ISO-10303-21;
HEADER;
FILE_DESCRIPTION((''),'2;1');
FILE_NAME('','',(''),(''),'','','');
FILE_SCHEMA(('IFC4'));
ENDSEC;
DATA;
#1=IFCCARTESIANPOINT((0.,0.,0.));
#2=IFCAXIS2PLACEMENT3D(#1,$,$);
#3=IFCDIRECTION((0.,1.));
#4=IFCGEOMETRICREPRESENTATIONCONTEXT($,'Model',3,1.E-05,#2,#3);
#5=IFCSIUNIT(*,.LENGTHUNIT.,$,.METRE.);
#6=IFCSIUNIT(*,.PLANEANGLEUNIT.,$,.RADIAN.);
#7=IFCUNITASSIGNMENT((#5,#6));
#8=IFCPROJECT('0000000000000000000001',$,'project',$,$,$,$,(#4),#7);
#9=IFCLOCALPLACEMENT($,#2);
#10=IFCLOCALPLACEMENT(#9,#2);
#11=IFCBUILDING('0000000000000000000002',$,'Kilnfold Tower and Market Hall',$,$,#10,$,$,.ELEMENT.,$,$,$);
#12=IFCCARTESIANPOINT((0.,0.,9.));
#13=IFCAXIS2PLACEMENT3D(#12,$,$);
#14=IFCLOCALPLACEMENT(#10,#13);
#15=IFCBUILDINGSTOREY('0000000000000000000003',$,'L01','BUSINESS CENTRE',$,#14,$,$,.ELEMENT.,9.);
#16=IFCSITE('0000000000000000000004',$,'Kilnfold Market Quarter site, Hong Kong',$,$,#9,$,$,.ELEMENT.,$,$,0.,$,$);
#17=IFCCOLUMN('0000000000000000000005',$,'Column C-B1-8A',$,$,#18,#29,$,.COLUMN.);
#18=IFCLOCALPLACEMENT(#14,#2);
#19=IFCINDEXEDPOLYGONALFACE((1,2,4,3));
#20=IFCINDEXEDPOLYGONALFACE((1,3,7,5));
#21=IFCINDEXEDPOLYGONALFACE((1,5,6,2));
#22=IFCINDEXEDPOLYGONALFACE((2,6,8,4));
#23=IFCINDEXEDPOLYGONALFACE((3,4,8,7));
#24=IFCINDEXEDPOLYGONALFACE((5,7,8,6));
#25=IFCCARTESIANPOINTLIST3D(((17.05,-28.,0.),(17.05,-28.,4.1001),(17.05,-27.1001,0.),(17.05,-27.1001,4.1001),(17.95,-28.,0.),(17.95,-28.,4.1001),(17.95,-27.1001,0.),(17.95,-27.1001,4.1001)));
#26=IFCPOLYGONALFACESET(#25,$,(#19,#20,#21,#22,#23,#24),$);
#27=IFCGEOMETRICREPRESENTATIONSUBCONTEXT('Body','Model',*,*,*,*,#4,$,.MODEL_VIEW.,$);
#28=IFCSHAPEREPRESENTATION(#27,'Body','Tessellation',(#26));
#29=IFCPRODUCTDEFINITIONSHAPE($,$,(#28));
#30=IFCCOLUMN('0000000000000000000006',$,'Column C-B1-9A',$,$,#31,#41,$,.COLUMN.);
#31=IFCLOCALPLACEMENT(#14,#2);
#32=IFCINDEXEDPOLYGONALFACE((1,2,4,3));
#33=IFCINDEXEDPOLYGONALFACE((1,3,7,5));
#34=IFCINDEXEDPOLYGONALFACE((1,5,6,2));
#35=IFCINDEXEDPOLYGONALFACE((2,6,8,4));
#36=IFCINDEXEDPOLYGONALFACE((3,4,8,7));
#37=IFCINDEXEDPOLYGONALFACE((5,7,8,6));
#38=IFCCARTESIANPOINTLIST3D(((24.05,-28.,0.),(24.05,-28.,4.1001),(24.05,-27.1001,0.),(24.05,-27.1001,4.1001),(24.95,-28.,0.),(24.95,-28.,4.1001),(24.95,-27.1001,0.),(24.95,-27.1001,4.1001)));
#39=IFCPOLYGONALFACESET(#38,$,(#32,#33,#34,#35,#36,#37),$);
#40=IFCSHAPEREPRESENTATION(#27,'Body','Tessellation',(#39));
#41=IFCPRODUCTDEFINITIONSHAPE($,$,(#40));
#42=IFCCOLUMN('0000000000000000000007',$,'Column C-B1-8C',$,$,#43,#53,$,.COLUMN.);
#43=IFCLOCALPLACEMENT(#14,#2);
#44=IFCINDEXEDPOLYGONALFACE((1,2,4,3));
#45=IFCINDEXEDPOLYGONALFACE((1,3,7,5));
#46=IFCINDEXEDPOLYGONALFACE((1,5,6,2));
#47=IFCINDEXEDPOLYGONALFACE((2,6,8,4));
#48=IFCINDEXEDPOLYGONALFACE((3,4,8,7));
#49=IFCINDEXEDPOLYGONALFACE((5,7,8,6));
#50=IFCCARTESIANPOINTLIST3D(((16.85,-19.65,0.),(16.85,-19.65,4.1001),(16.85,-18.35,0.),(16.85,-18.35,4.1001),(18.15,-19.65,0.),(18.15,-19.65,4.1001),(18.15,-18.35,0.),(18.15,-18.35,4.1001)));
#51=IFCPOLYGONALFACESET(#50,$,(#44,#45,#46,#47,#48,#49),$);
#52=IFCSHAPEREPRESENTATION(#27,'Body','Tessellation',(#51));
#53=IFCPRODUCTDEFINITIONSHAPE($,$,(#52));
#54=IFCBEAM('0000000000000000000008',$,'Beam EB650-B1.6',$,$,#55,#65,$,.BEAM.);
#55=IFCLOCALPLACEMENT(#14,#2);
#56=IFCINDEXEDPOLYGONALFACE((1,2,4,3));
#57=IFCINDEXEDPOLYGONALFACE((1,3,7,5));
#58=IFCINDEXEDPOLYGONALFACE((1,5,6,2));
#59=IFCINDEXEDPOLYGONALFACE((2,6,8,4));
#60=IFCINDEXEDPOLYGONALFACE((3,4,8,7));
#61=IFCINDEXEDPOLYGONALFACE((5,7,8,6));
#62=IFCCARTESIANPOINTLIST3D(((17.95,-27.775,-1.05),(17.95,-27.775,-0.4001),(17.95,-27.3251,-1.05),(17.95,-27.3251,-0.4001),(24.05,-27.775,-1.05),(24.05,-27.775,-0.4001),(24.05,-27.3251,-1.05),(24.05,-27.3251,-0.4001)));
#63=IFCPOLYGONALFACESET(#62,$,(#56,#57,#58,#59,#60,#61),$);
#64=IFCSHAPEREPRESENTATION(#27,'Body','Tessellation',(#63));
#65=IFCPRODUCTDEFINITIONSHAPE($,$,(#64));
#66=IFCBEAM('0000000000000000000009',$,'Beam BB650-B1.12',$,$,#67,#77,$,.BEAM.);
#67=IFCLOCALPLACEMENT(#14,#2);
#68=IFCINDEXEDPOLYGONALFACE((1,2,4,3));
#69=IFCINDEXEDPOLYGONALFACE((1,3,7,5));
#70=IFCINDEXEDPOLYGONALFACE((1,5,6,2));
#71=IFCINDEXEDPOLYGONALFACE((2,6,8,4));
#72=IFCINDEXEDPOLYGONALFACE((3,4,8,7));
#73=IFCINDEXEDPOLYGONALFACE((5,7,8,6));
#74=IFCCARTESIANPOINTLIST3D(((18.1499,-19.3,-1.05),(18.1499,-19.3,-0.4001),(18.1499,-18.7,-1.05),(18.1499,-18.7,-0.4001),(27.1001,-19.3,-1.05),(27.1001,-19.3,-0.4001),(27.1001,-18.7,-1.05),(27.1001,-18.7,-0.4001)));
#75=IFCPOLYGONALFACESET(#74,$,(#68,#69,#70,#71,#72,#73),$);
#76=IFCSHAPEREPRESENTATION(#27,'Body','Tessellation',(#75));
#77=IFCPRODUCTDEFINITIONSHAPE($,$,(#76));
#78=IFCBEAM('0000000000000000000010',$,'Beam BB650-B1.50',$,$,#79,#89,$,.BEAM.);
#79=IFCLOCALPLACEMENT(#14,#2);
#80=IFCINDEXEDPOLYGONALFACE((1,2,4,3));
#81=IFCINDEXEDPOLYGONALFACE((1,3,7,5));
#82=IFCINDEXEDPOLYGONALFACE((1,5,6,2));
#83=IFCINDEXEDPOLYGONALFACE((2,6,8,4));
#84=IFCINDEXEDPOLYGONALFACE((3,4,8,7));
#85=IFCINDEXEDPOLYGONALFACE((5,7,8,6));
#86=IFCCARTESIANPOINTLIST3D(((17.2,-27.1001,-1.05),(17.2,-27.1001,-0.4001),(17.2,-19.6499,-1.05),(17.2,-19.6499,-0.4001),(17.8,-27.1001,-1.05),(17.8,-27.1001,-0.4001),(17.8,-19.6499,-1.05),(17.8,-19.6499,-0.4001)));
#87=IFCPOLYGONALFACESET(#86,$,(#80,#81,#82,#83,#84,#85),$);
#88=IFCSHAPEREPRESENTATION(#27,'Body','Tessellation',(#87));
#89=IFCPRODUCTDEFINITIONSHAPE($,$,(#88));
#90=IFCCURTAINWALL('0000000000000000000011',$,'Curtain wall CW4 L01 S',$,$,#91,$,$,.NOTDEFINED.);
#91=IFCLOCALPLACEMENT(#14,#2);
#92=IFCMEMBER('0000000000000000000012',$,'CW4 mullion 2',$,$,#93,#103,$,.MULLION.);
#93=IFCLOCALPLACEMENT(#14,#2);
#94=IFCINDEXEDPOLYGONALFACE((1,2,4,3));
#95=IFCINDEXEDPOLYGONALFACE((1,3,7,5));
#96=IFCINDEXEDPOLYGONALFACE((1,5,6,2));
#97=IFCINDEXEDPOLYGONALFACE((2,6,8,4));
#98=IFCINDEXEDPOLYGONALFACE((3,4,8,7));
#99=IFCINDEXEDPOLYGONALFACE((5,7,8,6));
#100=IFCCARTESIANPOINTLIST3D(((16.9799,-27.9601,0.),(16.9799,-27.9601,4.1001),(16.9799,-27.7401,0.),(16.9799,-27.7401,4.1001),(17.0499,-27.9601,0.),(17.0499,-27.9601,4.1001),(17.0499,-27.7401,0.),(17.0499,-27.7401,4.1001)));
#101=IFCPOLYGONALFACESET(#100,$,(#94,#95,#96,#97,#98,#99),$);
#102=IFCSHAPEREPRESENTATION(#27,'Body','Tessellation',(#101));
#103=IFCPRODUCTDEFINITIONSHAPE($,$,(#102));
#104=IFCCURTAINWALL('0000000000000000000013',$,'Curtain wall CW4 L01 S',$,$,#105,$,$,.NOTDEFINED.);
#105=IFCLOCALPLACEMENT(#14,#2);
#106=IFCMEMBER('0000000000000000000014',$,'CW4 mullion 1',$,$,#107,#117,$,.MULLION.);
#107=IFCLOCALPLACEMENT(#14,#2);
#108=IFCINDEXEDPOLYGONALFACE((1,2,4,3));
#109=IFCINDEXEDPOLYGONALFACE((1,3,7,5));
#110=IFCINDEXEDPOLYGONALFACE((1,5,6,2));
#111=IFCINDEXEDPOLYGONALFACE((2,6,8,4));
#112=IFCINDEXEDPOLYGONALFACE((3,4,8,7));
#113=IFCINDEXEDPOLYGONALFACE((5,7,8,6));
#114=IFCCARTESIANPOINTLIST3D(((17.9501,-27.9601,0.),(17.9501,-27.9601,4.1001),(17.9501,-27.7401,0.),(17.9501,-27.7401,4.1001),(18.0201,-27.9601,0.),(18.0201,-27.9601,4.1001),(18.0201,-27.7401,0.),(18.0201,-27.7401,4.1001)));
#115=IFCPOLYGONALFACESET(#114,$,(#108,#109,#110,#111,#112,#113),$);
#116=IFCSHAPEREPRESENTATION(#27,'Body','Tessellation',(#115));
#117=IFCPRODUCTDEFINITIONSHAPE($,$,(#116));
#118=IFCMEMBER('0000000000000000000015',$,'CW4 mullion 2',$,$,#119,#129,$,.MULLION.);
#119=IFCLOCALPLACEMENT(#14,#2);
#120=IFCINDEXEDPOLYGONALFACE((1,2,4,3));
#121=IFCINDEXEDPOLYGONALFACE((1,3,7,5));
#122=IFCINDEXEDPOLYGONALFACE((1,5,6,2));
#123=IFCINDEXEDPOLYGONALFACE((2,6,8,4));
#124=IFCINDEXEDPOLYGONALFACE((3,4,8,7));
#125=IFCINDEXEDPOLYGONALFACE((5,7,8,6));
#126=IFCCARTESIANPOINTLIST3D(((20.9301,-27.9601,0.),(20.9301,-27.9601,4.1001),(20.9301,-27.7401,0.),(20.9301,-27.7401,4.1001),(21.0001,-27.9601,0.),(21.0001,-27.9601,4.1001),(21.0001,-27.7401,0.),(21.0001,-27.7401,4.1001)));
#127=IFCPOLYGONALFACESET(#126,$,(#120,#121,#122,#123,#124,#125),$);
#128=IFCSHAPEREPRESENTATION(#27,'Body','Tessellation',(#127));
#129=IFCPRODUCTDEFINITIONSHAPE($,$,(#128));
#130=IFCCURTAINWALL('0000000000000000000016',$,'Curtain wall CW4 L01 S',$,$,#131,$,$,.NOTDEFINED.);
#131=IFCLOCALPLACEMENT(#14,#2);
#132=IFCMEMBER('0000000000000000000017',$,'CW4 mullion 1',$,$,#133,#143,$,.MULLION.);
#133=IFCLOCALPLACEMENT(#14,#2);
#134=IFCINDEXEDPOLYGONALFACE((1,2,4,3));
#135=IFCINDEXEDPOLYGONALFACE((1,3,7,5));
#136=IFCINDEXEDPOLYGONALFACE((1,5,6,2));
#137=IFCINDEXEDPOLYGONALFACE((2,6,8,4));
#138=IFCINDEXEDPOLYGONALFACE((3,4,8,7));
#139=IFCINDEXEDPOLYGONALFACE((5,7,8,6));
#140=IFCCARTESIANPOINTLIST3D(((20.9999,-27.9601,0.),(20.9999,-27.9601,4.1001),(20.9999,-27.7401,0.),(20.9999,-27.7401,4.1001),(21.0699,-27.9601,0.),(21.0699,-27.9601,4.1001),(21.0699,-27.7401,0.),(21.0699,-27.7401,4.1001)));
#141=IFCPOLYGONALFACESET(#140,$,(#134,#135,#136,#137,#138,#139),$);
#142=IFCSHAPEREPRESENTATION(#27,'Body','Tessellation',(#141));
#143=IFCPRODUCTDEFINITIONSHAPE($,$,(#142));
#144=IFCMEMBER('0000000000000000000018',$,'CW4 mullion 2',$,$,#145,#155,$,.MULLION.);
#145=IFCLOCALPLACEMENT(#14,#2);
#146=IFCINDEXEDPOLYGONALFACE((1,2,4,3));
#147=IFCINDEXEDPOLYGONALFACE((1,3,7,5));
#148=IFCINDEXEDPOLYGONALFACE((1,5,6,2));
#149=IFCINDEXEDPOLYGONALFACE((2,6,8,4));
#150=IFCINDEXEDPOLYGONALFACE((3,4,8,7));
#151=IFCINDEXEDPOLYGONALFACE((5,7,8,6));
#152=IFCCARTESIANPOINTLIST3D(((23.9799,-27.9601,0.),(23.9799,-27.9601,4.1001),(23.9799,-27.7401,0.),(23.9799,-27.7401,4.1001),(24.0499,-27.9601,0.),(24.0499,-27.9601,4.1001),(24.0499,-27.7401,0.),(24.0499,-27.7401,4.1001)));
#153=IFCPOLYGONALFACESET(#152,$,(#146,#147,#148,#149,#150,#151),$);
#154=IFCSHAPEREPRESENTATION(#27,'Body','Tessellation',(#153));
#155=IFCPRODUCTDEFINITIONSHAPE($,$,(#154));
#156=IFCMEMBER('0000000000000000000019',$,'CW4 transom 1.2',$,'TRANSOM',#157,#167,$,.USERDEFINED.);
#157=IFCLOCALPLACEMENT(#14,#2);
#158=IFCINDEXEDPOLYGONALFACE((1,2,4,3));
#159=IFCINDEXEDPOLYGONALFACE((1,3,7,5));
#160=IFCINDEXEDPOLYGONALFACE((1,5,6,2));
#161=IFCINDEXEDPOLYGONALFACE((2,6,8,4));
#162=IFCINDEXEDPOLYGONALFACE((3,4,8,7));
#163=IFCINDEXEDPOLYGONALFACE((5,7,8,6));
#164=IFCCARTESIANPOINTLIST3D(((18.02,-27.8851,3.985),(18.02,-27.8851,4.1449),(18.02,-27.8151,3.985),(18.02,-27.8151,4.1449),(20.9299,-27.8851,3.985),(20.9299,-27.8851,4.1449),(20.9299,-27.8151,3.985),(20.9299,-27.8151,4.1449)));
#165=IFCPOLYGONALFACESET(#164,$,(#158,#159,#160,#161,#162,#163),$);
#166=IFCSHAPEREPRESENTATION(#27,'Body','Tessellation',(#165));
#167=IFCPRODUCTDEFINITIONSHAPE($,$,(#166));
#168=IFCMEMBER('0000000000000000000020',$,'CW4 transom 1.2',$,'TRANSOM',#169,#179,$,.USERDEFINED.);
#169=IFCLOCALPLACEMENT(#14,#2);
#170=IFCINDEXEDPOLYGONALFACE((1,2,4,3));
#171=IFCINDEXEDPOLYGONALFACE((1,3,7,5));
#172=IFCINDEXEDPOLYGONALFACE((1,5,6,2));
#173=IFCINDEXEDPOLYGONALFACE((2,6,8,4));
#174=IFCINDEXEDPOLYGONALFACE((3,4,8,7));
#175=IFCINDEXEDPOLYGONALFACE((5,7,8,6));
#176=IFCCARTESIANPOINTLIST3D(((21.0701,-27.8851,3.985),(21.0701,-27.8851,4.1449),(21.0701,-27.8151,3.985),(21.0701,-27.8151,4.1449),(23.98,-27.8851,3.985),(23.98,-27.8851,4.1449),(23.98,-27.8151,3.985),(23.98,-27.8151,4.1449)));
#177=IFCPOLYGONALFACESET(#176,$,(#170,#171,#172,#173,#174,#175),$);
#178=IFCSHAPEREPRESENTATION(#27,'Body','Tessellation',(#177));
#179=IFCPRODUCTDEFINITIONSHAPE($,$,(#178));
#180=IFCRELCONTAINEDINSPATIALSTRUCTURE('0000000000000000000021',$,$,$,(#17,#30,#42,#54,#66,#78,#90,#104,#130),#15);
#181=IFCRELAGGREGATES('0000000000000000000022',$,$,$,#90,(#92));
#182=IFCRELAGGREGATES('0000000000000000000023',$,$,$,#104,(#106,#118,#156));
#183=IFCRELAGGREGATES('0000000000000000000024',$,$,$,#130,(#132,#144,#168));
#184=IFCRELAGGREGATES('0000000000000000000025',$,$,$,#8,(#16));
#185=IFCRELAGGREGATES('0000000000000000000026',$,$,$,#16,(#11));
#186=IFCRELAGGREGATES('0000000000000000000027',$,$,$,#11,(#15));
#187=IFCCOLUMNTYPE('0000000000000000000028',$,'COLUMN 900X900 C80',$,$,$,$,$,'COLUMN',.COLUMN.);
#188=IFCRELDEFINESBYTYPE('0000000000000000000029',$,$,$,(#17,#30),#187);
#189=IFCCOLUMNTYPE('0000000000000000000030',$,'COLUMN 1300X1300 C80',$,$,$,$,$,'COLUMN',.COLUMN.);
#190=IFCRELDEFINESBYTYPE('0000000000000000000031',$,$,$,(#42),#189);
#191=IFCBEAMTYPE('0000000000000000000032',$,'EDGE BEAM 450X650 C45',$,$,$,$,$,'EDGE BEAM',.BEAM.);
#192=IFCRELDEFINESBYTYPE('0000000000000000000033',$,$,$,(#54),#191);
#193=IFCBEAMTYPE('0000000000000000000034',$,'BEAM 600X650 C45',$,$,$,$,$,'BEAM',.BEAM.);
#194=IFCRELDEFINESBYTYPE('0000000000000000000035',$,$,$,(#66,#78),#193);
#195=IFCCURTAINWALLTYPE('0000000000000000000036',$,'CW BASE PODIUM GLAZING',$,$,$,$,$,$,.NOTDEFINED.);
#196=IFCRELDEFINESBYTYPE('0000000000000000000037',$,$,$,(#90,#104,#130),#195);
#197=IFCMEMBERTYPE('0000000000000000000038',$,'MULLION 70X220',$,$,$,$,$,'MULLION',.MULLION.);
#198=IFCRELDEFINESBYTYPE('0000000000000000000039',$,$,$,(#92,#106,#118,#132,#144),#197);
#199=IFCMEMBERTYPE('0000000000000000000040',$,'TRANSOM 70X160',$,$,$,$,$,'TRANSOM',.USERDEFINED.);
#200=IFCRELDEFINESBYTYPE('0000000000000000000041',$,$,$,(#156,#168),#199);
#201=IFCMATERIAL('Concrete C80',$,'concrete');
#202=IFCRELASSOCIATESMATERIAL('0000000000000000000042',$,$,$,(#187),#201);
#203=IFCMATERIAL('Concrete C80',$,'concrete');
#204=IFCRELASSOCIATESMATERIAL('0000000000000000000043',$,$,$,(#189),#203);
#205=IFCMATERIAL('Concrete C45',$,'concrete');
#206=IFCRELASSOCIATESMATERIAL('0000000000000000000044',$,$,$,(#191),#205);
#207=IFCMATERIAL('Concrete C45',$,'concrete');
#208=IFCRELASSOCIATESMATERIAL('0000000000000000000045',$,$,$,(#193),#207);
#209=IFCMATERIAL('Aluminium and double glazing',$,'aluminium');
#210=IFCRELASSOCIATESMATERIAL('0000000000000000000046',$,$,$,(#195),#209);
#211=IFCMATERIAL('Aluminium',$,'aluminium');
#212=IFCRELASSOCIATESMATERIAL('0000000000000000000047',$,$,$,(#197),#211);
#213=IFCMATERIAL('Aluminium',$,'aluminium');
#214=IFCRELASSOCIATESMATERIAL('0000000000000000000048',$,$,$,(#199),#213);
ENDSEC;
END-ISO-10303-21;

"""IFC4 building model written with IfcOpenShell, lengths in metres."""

from ifc_helpers import new_model, si_unit, direction, frame, origin, origin_2d, place, context, subcontext, project, spatial, rectangle, extrude, source, transform, mapped, material, material_profile, profile_set, type_object, element, aggregate, save


model = new_model("IFC4")

# Units and contexts
model_context = context("Model", 3, precision=1e-05, world=origin(), true_north=direction((0.0, 1.0)))
body_context = subcontext(model_context, "Body", "Model", "MODEL_VIEW")
ifc_project = project(units=[si_unit("LENGTHUNIT", "METRE"), si_unit("PLANEANGLEUNIT", "RADIAN")], contexts=[model_context])

# Site, building, storey
site_placement = place(None, origin())
site = spatial("IfcSite", under=ifc_project, at=site_placement, Name="Kilnfold Market Quarter site, Hong Kong", CompositionType="ELEMENT", RefElevation=0.0)
building_placement = place(site_placement, origin())
building = spatial("IfcBuilding", under=site, at=building_placement, Name="Kilnfold Tower and Market Hall", CompositionType="ELEMENT")
storey_placement = place(building_placement, frame((0.0, 0.0, 9.0)))
storey = spatial("IfcBuildingStorey", under=building, at=storey_placement, Name="L01", Description="BUSINESS CENTRE", CompositionType="ELEMENT", Elevation=9.0)

# Columns
ifc_material_1 = material(Name="Concrete C80", Category="concrete")
ifc_material_profile_1 = material_profile(ifc_material_1, rectangle(XDim=0.8999, YDim=0.8999, at=origin_2d()), Name="RC 900x900")
ifc_profile_set_1 = profile_set([ifc_material_profile_1], Name="Concrete C80")
column_type_1 = type_object("IfcColumnType", Name="COLUMN 900X900 C80", ElementType="COLUMN", PredefinedType="COLUMN", material=ifc_profile_set_1)
shared_shape_1 = source(origin(), body_context, "Body", "SweptSolid", [
    extrude(rectangle(XDim=0.8999, YDim=0.8999, at=origin_2d()), origin(), (0.0, 0.0, 1.0), 4.1001),
])
for number, where, z_axis, x_axis, name in (
    (1, (17.5, -27.55, 0.0), (0.0, 0.0, 1.0), (1.0, 0.0, 0.0), "Column C-B1-8A"),
    (2, (24.5, -27.55, 0.0), (0.0, 0.0, 1.0), (1.0, 0.0, 0.0), "Column C-B1-9A"),
):
    element("IfcColumn", number, at=place(storey_placement, frame(where, z_axis=z_axis, x_axis=x_axis)), inside=storey, type_object=column_type_1, Name=name, PredefinedType="COLUMN", context=body_context, shape_type="MappedRepresentation", body=[
        mapped(shared_shape_1, transform((0.0, 0.0, 0.0))),
    ])
ifc_material_2 = material(Name="Concrete C80", Category="concrete")
ifc_material_profile_2 = material_profile(ifc_material_2, rectangle(XDim=1.3, YDim=1.3, at=origin_2d()), Name="RC 1300x1300")
ifc_profile_set_2 = profile_set([ifc_material_profile_2], Name="Concrete C80")
column_type_2 = type_object("IfcColumnType", Name="COLUMN 1300X1300 C80", ElementType="COLUMN", PredefinedType="COLUMN", material=ifc_profile_set_2)
shared_shape_2 = source(origin(), body_context, "Body", "SweptSolid", [
    extrude(rectangle(XDim=1.3, YDim=1.3, at=origin_2d()), origin(), (0.0, 0.0, 1.0), 4.1001),
])
column_placement = place(storey_placement, frame((17.5, -19.0, 0.0), z_axis=(0.0, 0.0, 1.0), x_axis=(1.0, 0.0, 0.0)))
element("IfcColumn", 3, at=column_placement, inside=storey, type_object=column_type_2, Name="Column C-B1-8C", PredefinedType="COLUMN", context=body_context, shape_type="MappedRepresentation", body=[
    mapped(shared_shape_2, transform((0.0, 0.0, 0.0))),
])

# Beams
ifc_material_3 = material(Name="Concrete C45", Category="concrete")
ifc_material_profile_3 = material_profile(ifc_material_3, rectangle(XDim=0.45, YDim=0.6499, at=origin_2d()), Name="RC 450x650")
ifc_profile_set_3 = profile_set([ifc_material_profile_3], Name="Concrete C45")
beam_type_1 = type_object("IfcBeamType", Name="EDGE BEAM 450X650 C45", ElementType="EDGE BEAM", PredefinedType="BEAM", material=ifc_profile_set_3)
shared_shape_3 = source(origin(), body_context, "Body", "SweptSolid", [
    extrude(rectangle(XDim=0.45, YDim=0.6499, at=origin_2d()), origin(), (0.0, 0.0, 1.0), 6.1001),
])
beam_1_placement = place(storey_placement, frame((17.95, -27.55, -0.7251), z_axis=(1.0, 0.0, 0.0), x_axis=(0.0, 1.0, 0.0)))
element("IfcBeam", 4, at=beam_1_placement, inside=storey, type_object=beam_type_1, Name="Beam EB650-B1.6", PredefinedType="BEAM", context=body_context, shape_type="MappedRepresentation", body=[
    mapped(shared_shape_3, transform((0.0, 0.0, 0.0))),
])
ifc_material_4 = material(Name="Concrete C45", Category="concrete")
ifc_material_profile_4 = material_profile(ifc_material_4, rectangle(XDim=0.6001, YDim=0.6499, at=origin_2d()), Name="RC 600x650")
ifc_profile_set_4 = profile_set([ifc_material_profile_4], Name="Concrete C45")
beam_type_2 = type_object("IfcBeamType", Name="BEAM 600X650 C45", ElementType="BEAM", PredefinedType="BEAM", material=ifc_profile_set_4)
shared_shape_4 = source(origin(), body_context, "Body", "SweptSolid", [
    extrude(rectangle(XDim=0.6001, YDim=0.6499, at=origin_2d()), origin(), (0.0, 0.0, 1.0), 8.9502),
])
beam_2_placement = place(storey_placement, frame((18.1499, -19.0, -0.7251), z_axis=(1.0, 0.0, 0.0), x_axis=(0.0, 1.0, 0.0)))
element("IfcBeam", 5, at=beam_2_placement, inside=storey, type_object=beam_type_2, Name="Beam BB650-B1.12", PredefinedType="BEAM", context=body_context, shape_type="MappedRepresentation", body=[
    mapped(shared_shape_4, transform((0.0, 0.0, 0.0))),
])
shared_shape_5 = source(origin(), body_context, "Body", "SweptSolid", [
    extrude(rectangle(XDim=0.6001, YDim=0.6499, at=origin_2d()), origin(), (0.0, 0.0, 1.0), 7.4502),
])
beam_3_placement = place(storey_placement, frame((17.5, -27.1001, -0.7251), z_axis=(0.0, 1.0, 0.0), x_axis=(-1.0, 0.0, 0.0)))
element("IfcBeam", 6, at=beam_3_placement, inside=storey, type_object=beam_type_2, Name="Beam BB650-B1.50", PredefinedType="BEAM", context=body_context, shape_type="MappedRepresentation", body=[
    mapped(shared_shape_5, transform((0.0, 0.0, 0.0))),
])

# Curtain wall, member
ifc_material_5 = material(Name="Aluminium and double glazing", Category="aluminium")
curtain_wall_type = type_object("IfcCurtainWallType", Name="CW BASE PODIUM GLAZING", PredefinedType="NOTDEFINED", material=ifc_material_5)
curtain_wall_1_placement = place(storey_placement, origin())
curtain_wall_1 = element("IfcCurtainWall", 7, at=curtain_wall_1_placement, inside=storey, type_object=curtain_wall_type, Name="Curtain wall CW4 L01 S", PredefinedType="NOTDEFINED")
ifc_material_6 = material(Name="Aluminium", Category="aluminium")
ifc_material_profile_5 = material_profile(ifc_material_6, rectangle(XDim=0.0701, YDim=0.22, at=origin_2d()), Name="MULLION 70x220")
ifc_profile_set_5 = profile_set([ifc_material_profile_5], Name="Aluminium")
member_type_1 = type_object("IfcMemberType", Name="MULLION 70X220", ElementType="MULLION", PredefinedType="MULLION", material=ifc_profile_set_5)
shared_shape_6 = source(origin(), body_context, "Body", "SweptSolid", [
    extrude(rectangle(XDim=0.0701, YDim=0.22, at=origin_2d()), origin(), (0.0, 0.0, 1.0), 4.1001),
])
member_1_placement = place(storey_placement, frame((17.0149, -27.8501, 0.0), z_axis=(0.0, 0.0, 1.0), x_axis=(1.0, 0.0, 0.0)))
member_1 = element("IfcMember", 8, at=member_1_placement, type_object=member_type_1, Name="CW4 mullion 2", PredefinedType="MULLION", context=body_context, shape_type="MappedRepresentation", body=[
    mapped(shared_shape_6, transform((0.0, 0.0, 0.0))),
])
aggregate(curtain_wall_1, [member_1])

# Curtain walls, members
curtain_wall_2_placement = place(storey_placement, origin())
curtain_wall_2 = element("IfcCurtainWall", 9, at=curtain_wall_2_placement, inside=storey, type_object=curtain_wall_type, Name="Curtain wall CW4 L01 S", PredefinedType="NOTDEFINED")
member_2_placement = place(storey_placement, frame((17.9851, -27.8501, 0.0), z_axis=(0.0, 0.0, 1.0), x_axis=(1.0, 0.0, 0.0)))
member_2 = element("IfcMember", 10, at=member_2_placement, type_object=member_type_1, Name="CW4 mullion 1", PredefinedType="MULLION", context=body_context, shape_type="MappedRepresentation", body=[
    mapped(shared_shape_6, transform((0.0, 0.0, 0.0))),
])
member_3_placement = place(storey_placement, frame((20.9651, -27.8501, 0.0), z_axis=(0.0, 0.0, 1.0), x_axis=(1.0, 0.0, 0.0)))
member_3 = element("IfcMember", 11, at=member_3_placement, type_object=member_type_1, Name="CW4 mullion 2", PredefinedType="MULLION", context=body_context, shape_type="MappedRepresentation", body=[
    mapped(shared_shape_6, transform((0.0, 0.0, 0.0))),
])
curtain_wall_3_placement = place(storey_placement, origin())
curtain_wall_3 = element("IfcCurtainWall", 12, at=curtain_wall_3_placement, inside=storey, type_object=curtain_wall_type, Name="Curtain wall CW4 L01 S", PredefinedType="NOTDEFINED")
member_4_placement = place(storey_placement, frame((21.0349, -27.8501, 0.0), z_axis=(0.0, 0.0, 1.0), x_axis=(1.0, 0.0, 0.0)))
member_4 = element("IfcMember", 13, at=member_4_placement, type_object=member_type_1, Name="CW4 mullion 1", PredefinedType="MULLION", context=body_context, shape_type="MappedRepresentation", body=[
    mapped(shared_shape_6, transform((0.0, 0.0, 0.0))),
])
member_5_placement = place(storey_placement, frame((24.0149, -27.8501, 0.0), z_axis=(0.0, 0.0, 1.0), x_axis=(1.0, 0.0, 0.0)))
member_5 = element("IfcMember", 14, at=member_5_placement, type_object=member_type_1, Name="CW4 mullion 2", PredefinedType="MULLION", context=body_context, shape_type="MappedRepresentation", body=[
    mapped(shared_shape_6, transform((0.0, 0.0, 0.0))),
])

# Members
ifc_material_7 = material(Name="Aluminium", Category="aluminium")
ifc_material_profile_6 = material_profile(ifc_material_7, rectangle(XDim=0.0701, YDim=0.1599, at=origin_2d()), Name="TRANSOM 70x160")
ifc_profile_set_6 = profile_set([ifc_material_profile_6], Name="Aluminium")
member_type_2 = type_object("IfcMemberType", Name="TRANSOM 70X160", ElementType="TRANSOM", PredefinedType="USERDEFINED", material=ifc_profile_set_6)
shared_shape_7 = source(origin(), body_context, "Body", "SweptSolid", [
    extrude(rectangle(XDim=0.0701, YDim=0.1599, at=origin_2d()), origin(), (0.0, 0.0, 1.0), 2.9099),
])
member_6_placement = place(storey_placement, frame((18.02, -27.8501, 4.0649), z_axis=(1.0, 0.0, 0.0), x_axis=(0.0, 1.0, 0.0)))
member_6 = element("IfcMember", 15, at=member_6_placement, type_object=member_type_2, Name="CW4 transom 1.2", ObjectType="TRANSOM", PredefinedType="USERDEFINED", context=body_context, shape_type="MappedRepresentation", body=[
    mapped(shared_shape_7, transform((0.0, 0.0, 0.0))),
])
member_7_placement = place(storey_placement, frame((21.0701, -27.8501, 4.0649), z_axis=(1.0, 0.0, 0.0), x_axis=(0.0, 1.0, 0.0)))
member_7 = element("IfcMember", 16, at=member_7_placement, type_object=member_type_2, Name="CW4 transom 1.2", ObjectType="TRANSOM", PredefinedType="USERDEFINED", context=body_context, shape_type="MappedRepresentation", body=[
    mapped(shared_shape_7, transform((0.0, 0.0, 0.0))),
])

aggregate(curtain_wall_2, [member_2, member_3, member_6])
aggregate(curtain_wall_3, [member_4, member_5, member_7])

save(model, "model.ifc")
